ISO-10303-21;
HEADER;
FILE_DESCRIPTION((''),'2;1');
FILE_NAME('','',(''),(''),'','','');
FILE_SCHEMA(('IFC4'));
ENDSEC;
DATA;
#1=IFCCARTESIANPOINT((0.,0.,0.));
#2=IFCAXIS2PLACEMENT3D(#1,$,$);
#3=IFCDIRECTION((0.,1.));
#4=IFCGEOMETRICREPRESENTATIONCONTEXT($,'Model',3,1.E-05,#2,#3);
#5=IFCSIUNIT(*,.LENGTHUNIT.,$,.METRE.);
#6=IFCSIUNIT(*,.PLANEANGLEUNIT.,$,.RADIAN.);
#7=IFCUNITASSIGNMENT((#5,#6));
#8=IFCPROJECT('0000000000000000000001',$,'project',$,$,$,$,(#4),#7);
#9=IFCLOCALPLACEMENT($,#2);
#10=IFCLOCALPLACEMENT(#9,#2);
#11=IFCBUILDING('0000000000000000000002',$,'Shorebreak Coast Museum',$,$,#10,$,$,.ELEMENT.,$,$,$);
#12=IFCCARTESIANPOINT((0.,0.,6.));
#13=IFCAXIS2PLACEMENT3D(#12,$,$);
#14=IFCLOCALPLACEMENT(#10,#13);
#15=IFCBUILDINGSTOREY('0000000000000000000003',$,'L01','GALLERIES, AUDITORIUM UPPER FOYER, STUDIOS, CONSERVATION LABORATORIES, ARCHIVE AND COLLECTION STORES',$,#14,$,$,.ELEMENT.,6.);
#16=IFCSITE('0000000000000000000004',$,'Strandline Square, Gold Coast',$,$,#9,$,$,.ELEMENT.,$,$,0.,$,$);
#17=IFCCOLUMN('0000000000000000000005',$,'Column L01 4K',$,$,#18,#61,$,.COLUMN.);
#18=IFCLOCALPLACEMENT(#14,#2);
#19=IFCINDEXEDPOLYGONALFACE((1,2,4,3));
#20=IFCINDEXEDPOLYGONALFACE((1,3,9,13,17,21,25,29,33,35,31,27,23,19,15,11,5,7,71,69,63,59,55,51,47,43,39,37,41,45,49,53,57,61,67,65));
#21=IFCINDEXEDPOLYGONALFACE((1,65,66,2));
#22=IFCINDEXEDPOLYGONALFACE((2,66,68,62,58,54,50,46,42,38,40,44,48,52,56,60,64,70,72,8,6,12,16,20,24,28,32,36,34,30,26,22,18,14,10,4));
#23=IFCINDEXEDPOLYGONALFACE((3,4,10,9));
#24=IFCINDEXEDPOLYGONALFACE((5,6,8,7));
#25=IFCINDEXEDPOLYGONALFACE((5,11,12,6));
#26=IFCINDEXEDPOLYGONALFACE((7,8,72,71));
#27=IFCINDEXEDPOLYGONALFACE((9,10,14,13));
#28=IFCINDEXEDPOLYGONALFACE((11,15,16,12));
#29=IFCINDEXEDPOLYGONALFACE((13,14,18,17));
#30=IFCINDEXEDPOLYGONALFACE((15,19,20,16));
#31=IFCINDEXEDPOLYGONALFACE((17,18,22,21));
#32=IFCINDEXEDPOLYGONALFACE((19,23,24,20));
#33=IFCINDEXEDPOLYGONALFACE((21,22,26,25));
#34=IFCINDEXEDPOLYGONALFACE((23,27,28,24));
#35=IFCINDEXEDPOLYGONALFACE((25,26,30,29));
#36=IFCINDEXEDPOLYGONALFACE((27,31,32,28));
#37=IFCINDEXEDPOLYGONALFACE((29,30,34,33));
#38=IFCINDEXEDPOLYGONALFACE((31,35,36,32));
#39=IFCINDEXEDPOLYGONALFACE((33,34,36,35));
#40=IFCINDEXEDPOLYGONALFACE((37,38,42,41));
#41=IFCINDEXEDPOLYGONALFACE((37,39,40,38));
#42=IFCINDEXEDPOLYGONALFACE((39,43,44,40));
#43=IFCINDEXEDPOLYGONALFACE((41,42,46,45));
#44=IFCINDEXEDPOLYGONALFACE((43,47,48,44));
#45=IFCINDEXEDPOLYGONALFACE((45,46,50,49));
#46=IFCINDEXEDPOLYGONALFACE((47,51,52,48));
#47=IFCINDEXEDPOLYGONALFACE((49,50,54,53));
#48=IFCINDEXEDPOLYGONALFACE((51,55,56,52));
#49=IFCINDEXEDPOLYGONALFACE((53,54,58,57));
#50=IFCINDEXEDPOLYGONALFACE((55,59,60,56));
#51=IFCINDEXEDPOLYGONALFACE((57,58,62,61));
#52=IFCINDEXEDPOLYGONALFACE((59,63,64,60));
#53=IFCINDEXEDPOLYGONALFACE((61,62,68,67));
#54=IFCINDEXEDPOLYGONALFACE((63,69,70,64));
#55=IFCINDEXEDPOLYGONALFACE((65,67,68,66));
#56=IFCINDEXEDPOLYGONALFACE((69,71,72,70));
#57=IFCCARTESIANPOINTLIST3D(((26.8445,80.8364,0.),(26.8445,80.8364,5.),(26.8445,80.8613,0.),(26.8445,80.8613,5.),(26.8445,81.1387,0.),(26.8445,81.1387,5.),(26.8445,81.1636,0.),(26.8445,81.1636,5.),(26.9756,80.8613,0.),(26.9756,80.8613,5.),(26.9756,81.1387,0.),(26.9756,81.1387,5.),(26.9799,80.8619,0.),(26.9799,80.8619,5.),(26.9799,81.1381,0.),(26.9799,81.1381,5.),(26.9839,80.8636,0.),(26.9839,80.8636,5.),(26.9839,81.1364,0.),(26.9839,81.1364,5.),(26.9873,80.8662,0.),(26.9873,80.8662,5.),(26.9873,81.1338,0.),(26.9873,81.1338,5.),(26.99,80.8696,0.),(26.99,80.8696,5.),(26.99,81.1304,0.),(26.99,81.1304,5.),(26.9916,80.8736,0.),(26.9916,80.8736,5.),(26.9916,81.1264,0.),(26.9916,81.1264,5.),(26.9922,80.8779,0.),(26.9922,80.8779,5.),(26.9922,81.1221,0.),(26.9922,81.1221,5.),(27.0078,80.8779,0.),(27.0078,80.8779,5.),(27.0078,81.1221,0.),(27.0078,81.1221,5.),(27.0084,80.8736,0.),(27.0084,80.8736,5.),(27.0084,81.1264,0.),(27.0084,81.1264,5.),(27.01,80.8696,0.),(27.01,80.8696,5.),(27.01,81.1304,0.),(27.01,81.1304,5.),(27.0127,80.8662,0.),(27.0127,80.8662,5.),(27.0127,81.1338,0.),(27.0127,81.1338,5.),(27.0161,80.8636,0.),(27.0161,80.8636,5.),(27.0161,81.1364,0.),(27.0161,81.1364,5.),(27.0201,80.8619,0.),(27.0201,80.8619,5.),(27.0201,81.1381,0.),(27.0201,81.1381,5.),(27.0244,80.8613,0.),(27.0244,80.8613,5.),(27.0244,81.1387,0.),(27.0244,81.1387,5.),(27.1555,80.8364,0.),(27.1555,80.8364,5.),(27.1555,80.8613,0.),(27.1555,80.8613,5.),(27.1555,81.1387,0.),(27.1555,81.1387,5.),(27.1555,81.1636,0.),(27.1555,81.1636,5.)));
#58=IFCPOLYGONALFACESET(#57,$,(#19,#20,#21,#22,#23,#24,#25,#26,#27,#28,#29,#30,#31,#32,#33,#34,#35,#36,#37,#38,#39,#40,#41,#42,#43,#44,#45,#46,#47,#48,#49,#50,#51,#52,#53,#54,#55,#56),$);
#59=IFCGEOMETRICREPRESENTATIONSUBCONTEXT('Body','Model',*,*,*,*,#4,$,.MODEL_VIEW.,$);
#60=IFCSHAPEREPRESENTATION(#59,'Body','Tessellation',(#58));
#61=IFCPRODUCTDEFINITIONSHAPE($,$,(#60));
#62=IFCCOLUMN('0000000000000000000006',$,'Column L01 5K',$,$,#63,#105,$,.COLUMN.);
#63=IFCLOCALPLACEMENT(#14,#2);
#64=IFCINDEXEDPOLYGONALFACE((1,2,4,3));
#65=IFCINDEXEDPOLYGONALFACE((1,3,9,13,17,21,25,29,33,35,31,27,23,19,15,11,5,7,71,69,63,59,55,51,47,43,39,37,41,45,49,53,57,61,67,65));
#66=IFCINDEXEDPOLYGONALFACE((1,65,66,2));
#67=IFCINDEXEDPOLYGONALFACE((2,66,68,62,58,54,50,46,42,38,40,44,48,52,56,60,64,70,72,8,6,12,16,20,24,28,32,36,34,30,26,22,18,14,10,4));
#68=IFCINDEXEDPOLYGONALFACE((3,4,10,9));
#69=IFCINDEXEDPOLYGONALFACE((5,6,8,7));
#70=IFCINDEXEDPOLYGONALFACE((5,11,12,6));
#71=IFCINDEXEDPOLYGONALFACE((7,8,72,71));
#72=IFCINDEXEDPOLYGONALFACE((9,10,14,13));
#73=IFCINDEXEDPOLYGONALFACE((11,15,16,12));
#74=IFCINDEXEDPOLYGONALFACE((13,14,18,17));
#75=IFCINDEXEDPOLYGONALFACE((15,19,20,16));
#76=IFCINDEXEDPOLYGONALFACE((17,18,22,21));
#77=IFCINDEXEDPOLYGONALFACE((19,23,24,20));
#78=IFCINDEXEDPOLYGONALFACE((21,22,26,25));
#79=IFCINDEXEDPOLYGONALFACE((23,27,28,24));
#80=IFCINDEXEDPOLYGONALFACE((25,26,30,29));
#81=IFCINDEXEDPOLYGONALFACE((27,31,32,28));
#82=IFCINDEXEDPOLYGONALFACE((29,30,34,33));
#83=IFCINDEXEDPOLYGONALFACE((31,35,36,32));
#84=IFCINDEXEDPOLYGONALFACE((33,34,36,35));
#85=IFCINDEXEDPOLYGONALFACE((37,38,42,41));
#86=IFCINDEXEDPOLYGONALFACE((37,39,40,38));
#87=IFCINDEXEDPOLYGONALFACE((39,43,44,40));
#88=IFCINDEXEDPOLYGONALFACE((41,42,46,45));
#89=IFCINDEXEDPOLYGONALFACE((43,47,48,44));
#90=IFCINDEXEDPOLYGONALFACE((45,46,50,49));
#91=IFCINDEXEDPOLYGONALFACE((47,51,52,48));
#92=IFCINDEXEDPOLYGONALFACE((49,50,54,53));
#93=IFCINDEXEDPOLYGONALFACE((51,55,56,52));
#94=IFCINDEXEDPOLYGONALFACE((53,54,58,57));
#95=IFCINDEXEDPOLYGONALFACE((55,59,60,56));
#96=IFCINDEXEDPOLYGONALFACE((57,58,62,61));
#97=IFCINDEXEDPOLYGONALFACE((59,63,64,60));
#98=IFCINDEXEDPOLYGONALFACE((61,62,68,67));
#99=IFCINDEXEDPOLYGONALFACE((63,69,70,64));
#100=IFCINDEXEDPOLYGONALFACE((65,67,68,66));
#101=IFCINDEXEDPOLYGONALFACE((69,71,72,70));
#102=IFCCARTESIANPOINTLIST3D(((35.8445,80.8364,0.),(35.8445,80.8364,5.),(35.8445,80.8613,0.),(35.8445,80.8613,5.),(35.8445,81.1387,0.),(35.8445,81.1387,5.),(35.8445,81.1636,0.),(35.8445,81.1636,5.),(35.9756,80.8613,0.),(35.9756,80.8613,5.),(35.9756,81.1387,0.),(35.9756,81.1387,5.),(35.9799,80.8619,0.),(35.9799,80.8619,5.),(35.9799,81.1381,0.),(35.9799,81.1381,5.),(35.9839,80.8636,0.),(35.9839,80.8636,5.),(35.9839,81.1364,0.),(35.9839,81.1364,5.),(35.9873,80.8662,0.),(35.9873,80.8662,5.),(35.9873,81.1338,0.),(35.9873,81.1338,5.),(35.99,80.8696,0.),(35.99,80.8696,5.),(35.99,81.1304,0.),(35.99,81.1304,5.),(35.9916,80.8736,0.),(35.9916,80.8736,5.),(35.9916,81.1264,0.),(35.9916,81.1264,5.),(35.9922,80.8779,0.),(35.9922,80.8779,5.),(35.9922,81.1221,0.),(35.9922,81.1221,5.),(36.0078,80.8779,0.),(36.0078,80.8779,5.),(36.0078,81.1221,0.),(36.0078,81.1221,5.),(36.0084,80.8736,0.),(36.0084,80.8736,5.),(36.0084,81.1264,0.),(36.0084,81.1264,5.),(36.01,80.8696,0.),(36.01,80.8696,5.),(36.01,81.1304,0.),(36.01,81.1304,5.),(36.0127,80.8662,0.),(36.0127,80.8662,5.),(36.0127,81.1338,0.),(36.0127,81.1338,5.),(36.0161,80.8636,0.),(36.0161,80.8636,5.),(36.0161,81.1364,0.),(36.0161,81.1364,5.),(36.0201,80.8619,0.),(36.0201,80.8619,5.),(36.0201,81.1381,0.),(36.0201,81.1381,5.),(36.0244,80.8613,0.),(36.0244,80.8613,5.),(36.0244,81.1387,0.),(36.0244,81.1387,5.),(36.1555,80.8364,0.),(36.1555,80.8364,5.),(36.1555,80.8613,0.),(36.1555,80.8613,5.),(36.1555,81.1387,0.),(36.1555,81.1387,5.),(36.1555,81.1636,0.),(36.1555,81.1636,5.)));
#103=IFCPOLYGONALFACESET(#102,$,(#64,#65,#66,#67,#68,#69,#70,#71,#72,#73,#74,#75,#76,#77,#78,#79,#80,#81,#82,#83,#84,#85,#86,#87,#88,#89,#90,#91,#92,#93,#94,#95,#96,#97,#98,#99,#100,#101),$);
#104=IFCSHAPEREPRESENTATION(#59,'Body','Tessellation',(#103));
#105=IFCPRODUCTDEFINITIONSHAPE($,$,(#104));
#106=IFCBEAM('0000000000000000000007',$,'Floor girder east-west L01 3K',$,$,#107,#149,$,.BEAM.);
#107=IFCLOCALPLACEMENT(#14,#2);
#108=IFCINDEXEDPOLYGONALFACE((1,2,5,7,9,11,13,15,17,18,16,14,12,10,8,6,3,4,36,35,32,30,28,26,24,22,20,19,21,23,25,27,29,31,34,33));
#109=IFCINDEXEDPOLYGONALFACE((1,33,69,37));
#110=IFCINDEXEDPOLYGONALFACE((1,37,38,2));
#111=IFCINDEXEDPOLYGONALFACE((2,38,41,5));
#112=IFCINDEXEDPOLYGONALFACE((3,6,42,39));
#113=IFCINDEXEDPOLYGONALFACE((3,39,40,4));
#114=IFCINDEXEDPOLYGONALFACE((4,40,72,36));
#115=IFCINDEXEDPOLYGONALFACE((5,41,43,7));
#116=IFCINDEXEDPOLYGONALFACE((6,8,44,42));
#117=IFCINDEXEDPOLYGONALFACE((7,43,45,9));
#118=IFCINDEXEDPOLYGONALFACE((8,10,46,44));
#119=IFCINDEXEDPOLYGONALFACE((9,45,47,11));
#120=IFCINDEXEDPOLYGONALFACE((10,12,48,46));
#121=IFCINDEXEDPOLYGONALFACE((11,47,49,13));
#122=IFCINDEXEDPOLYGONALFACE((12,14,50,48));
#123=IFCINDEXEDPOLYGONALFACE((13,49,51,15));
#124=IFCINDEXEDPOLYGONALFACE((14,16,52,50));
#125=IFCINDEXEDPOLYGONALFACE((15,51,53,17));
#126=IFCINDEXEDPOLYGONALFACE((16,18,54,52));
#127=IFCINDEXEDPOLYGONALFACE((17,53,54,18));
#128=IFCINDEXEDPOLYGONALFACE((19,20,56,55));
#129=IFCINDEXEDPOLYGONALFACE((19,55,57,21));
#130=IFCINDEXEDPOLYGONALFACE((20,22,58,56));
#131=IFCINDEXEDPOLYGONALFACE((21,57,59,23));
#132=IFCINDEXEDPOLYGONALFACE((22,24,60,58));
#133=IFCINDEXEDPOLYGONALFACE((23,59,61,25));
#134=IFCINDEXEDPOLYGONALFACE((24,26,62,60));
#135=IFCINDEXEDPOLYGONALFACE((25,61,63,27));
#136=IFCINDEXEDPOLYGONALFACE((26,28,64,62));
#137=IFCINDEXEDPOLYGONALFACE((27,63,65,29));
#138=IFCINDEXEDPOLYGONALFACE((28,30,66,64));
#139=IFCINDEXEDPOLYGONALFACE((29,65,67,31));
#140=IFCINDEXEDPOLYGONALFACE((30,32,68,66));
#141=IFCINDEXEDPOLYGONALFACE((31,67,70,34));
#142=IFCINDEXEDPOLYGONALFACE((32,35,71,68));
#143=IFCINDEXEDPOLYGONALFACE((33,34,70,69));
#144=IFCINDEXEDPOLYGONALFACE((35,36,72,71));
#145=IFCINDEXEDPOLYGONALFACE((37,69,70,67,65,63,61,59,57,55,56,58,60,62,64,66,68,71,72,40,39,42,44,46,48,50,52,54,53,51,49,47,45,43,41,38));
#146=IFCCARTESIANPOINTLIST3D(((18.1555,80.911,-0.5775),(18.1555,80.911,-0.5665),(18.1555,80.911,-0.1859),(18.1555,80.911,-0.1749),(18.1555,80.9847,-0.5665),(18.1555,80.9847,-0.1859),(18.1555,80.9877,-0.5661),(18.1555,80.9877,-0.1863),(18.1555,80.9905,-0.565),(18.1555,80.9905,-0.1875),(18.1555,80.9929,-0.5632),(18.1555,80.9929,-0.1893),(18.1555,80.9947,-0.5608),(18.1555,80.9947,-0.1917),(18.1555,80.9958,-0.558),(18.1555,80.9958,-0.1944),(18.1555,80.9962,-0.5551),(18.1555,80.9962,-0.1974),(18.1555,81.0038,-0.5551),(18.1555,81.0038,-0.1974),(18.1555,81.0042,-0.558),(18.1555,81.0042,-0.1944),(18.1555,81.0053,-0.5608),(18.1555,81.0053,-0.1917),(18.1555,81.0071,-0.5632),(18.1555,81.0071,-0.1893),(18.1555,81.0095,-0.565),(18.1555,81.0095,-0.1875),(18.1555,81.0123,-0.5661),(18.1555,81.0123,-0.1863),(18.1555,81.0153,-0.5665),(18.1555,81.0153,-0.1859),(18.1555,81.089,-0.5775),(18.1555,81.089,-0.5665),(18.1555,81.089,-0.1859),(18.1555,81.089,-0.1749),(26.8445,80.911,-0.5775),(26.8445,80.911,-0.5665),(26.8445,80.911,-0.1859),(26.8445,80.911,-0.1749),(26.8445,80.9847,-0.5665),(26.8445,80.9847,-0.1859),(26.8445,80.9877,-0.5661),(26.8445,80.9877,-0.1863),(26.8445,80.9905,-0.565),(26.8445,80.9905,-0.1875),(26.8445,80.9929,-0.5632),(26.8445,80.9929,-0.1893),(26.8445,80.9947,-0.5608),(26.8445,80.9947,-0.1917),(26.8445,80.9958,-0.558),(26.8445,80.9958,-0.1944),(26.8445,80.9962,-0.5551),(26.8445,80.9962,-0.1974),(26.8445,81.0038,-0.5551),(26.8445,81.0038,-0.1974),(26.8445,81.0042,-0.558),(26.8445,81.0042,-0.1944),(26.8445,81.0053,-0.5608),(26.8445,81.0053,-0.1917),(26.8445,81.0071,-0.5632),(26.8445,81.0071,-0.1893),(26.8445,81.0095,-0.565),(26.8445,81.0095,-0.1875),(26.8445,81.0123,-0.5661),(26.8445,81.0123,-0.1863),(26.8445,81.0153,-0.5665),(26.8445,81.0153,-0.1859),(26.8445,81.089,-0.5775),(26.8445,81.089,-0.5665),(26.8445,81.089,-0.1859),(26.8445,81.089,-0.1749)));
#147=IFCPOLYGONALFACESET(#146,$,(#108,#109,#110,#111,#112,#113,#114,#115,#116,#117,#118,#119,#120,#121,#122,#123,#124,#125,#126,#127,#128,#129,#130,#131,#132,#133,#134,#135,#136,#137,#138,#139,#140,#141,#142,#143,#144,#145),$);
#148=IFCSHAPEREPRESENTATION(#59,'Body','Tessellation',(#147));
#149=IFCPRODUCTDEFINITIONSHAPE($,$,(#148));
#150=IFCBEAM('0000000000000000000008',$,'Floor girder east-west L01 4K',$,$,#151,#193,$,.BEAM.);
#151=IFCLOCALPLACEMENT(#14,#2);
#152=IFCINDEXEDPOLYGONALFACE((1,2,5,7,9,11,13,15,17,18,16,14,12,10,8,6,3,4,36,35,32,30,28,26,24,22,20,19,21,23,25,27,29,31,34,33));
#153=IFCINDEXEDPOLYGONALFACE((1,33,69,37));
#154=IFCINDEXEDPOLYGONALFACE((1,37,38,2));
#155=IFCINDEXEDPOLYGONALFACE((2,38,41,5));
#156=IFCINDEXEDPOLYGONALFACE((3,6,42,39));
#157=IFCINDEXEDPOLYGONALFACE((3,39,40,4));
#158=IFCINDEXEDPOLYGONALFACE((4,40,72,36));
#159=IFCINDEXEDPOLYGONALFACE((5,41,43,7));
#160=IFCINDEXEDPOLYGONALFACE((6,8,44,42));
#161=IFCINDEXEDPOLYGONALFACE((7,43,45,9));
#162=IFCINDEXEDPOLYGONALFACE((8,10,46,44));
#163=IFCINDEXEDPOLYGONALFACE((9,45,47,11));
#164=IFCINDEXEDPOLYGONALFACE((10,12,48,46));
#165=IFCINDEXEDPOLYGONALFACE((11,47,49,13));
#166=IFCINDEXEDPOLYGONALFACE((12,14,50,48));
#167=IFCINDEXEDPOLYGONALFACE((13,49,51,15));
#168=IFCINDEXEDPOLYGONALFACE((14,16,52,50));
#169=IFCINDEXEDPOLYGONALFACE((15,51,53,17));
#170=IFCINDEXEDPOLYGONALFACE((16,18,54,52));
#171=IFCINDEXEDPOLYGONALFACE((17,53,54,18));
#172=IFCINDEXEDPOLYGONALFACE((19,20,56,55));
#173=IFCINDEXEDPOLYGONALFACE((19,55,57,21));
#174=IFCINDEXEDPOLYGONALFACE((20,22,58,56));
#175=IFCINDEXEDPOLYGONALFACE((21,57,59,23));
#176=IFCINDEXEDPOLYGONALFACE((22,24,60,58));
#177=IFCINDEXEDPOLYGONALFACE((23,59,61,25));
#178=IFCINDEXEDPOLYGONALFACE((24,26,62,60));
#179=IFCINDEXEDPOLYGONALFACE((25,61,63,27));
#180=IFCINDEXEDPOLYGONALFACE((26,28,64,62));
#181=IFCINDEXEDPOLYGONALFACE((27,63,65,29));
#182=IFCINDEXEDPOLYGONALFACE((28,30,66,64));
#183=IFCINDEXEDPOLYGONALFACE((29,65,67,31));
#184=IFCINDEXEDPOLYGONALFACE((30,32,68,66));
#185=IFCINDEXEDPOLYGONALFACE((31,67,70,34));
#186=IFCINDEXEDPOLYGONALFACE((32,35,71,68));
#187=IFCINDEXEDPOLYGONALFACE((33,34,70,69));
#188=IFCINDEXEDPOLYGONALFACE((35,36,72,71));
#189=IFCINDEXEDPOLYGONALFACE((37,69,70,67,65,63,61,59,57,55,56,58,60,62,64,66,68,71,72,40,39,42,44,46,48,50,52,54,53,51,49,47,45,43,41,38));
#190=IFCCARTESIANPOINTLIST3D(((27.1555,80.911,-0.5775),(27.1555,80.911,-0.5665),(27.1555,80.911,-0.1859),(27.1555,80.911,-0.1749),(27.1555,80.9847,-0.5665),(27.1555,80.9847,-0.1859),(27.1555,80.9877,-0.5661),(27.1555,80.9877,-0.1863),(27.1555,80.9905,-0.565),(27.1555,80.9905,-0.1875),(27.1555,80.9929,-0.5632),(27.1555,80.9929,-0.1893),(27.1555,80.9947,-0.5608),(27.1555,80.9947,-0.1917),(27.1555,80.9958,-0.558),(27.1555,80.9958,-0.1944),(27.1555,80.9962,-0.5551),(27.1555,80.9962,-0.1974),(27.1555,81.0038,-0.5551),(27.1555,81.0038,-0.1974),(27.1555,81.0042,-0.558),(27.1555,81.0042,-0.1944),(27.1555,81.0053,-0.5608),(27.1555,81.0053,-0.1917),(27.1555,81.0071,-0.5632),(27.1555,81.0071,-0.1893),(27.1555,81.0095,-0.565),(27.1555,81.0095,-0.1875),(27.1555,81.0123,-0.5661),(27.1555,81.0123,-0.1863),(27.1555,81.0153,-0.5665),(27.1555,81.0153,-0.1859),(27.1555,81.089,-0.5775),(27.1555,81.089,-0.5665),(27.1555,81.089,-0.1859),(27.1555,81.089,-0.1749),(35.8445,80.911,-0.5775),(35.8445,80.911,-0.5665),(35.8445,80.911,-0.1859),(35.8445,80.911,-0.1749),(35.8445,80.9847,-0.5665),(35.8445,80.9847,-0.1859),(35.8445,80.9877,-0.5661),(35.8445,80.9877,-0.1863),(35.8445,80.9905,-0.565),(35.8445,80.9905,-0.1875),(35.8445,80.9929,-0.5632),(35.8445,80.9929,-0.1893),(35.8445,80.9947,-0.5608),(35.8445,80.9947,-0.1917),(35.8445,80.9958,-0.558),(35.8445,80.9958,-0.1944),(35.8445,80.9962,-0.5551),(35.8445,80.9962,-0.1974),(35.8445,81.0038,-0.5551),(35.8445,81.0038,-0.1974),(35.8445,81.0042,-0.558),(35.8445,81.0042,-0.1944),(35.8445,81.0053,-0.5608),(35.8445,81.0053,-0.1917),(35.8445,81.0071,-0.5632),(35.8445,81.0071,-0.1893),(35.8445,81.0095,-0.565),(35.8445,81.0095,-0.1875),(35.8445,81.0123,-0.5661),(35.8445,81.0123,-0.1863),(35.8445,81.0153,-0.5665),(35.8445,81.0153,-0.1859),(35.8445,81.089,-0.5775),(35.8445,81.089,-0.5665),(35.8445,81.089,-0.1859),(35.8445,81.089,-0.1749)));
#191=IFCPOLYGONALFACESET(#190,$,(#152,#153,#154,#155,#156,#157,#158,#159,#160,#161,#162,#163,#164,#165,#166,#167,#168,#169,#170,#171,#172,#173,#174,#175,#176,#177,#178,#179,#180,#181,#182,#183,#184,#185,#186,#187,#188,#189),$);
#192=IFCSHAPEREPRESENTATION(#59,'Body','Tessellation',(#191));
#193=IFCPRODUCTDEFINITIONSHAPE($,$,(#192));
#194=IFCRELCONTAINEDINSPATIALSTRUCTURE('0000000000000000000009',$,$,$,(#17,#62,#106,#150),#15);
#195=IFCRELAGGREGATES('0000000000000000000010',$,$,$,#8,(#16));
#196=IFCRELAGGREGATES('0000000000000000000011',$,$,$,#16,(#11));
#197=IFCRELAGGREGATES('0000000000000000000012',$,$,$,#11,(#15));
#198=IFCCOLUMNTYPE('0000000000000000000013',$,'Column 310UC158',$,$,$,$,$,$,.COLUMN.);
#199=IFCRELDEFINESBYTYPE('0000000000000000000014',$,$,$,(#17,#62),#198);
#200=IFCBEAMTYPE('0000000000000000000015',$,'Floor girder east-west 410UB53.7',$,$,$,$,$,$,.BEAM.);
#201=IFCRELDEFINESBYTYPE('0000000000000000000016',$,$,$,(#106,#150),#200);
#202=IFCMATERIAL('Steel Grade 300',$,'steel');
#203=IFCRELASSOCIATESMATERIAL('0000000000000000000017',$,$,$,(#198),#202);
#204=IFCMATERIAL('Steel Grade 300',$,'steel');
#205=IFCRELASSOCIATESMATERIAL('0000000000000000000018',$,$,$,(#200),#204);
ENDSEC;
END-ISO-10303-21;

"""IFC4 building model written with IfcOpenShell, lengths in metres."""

from ifc_helpers import new_model, si_unit, direction, frame, origin, origin_2d, place, context, subcontext, project, spatial, i_section, extrude, material, material_profile, profile_set, type_object, element, save


model = new_model("IFC4")

# Units and contexts
model_context = context("Model", 3, precision=1e-05, world=origin(), true_north=direction((0.0, 1.0)))
body_context = subcontext(model_context, "Body", "Model", "MODEL_VIEW")
ifc_project = project(units=[si_unit("LENGTHUNIT", "METRE"), si_unit("PLANEANGLEUNIT", "RADIAN")], contexts=[model_context])

# Site, building, storey
site_placement = place(None, origin())
site = spatial("IfcSite", under=ifc_project, at=site_placement, Name="Strandline Square, Gold Coast", CompositionType="ELEMENT", RefElevation=0.0)
building_placement = place(site_placement, origin())
building = spatial("IfcBuilding", under=site, at=building_placement, Name="Shorebreak Coast Museum", CompositionType="ELEMENT")
storey_placement = place(building_placement, frame((0.0, 0.0, 6.0)))
storey = spatial("IfcBuildingStorey", under=building, at=storey_placement, Name="L01", Description="GALLERIES, AUDITORIUM UPPER FOYER, STUDIOS, CONSERVATION LABORATORIES, ARCHIVE AND COLLECTION STORES", CompositionType="ELEMENT", Elevation=6.0)

# Columns
ifc_material_1 = material(Name="Steel Grade 300", Category="steel")
ifc_material_profile_1 = material_profile(ifc_material_1, i_section(OverallWidth=0.311, OverallDepth=0.3271, WebThickness=0.0156, FlangeThickness=0.0249, FilletRadius=0.0166, at=origin_2d()), Name="310UC158")
ifc_profile_set_1 = profile_set([ifc_material_profile_1], Name="Steel Grade 300")
column_type = type_object("IfcColumnType", Name="Column 310UC158", PredefinedType="COLUMN", material=ifc_profile_set_1)
for number, where, z_axis, x_axis, name in (
    (1, (27.0, 81.0, 0.0), (0.0, 0.0, 1.0), (1.0, 0.0, 0.0), "Column L01 4K"),
    (2, (36.0, 81.0, 0.0), (0.0, 0.0, 1.0), (1.0, 0.0, 0.0), "Column L01 5K"),
):
    element("IfcColumn", number, at=place(storey_placement, frame(where, z_axis=z_axis, x_axis=x_axis)), inside=storey, type_object=column_type, Name=name, PredefinedType="COLUMN", context=body_context, shape_type="SweptSolid", body=[
        extrude(i_section(OverallWidth=0.311, OverallDepth=0.3271, WebThickness=0.0156, FlangeThickness=0.0249, FilletRadius=0.0166, at=origin_2d()), origin(), (0.0, 0.0, 1.0), 5.0),
    ])

# Beams
ifc_material_2 = material(Name="Steel Grade 300", Category="steel")
ifc_material_profile_2 = material_profile(ifc_material_2, i_section(OverallWidth=0.178, OverallDepth=0.4026, WebThickness=0.0076, FlangeThickness=0.011, FilletRadius=0.0115, at=origin_2d()), Name="410UB53.7")
ifc_profile_set_2 = profile_set([ifc_material_profile_2], Name="Steel Grade 300")
beam_type = type_object("IfcBeamType", Name="Floor girder east-west 410UB53.7", PredefinedType="BEAM", material=ifc_profile_set_2)
for number, where, z_axis, x_axis, name in (
    (3, (18.1555, 81.0, -0.3762), (1.0, 0.0, 0.0), (0.0, 1.0, 0.0), "Floor girder east-west L01 3K"),
    (4, (27.1555, 81.0, -0.3762), (1.0, 0.0, 0.0), (0.0, 1.0, 0.0), "Floor girder east-west L01 4K"),
):
    element("IfcBeam", number, at=place(storey_placement, frame(where, z_axis=z_axis, x_axis=x_axis)), inside=storey, type_object=beam_type, Name=name, PredefinedType="BEAM", context=body_context, shape_type="SweptSolid", body=[
        extrude(i_section(OverallWidth=0.178, OverallDepth=0.4026, WebThickness=0.0076, FlangeThickness=0.011, FilletRadius=0.0115, at=origin_2d()), origin(), (0.0, 0.0, 1.0), 8.689),
    ])

save(model, "model.ifc")
